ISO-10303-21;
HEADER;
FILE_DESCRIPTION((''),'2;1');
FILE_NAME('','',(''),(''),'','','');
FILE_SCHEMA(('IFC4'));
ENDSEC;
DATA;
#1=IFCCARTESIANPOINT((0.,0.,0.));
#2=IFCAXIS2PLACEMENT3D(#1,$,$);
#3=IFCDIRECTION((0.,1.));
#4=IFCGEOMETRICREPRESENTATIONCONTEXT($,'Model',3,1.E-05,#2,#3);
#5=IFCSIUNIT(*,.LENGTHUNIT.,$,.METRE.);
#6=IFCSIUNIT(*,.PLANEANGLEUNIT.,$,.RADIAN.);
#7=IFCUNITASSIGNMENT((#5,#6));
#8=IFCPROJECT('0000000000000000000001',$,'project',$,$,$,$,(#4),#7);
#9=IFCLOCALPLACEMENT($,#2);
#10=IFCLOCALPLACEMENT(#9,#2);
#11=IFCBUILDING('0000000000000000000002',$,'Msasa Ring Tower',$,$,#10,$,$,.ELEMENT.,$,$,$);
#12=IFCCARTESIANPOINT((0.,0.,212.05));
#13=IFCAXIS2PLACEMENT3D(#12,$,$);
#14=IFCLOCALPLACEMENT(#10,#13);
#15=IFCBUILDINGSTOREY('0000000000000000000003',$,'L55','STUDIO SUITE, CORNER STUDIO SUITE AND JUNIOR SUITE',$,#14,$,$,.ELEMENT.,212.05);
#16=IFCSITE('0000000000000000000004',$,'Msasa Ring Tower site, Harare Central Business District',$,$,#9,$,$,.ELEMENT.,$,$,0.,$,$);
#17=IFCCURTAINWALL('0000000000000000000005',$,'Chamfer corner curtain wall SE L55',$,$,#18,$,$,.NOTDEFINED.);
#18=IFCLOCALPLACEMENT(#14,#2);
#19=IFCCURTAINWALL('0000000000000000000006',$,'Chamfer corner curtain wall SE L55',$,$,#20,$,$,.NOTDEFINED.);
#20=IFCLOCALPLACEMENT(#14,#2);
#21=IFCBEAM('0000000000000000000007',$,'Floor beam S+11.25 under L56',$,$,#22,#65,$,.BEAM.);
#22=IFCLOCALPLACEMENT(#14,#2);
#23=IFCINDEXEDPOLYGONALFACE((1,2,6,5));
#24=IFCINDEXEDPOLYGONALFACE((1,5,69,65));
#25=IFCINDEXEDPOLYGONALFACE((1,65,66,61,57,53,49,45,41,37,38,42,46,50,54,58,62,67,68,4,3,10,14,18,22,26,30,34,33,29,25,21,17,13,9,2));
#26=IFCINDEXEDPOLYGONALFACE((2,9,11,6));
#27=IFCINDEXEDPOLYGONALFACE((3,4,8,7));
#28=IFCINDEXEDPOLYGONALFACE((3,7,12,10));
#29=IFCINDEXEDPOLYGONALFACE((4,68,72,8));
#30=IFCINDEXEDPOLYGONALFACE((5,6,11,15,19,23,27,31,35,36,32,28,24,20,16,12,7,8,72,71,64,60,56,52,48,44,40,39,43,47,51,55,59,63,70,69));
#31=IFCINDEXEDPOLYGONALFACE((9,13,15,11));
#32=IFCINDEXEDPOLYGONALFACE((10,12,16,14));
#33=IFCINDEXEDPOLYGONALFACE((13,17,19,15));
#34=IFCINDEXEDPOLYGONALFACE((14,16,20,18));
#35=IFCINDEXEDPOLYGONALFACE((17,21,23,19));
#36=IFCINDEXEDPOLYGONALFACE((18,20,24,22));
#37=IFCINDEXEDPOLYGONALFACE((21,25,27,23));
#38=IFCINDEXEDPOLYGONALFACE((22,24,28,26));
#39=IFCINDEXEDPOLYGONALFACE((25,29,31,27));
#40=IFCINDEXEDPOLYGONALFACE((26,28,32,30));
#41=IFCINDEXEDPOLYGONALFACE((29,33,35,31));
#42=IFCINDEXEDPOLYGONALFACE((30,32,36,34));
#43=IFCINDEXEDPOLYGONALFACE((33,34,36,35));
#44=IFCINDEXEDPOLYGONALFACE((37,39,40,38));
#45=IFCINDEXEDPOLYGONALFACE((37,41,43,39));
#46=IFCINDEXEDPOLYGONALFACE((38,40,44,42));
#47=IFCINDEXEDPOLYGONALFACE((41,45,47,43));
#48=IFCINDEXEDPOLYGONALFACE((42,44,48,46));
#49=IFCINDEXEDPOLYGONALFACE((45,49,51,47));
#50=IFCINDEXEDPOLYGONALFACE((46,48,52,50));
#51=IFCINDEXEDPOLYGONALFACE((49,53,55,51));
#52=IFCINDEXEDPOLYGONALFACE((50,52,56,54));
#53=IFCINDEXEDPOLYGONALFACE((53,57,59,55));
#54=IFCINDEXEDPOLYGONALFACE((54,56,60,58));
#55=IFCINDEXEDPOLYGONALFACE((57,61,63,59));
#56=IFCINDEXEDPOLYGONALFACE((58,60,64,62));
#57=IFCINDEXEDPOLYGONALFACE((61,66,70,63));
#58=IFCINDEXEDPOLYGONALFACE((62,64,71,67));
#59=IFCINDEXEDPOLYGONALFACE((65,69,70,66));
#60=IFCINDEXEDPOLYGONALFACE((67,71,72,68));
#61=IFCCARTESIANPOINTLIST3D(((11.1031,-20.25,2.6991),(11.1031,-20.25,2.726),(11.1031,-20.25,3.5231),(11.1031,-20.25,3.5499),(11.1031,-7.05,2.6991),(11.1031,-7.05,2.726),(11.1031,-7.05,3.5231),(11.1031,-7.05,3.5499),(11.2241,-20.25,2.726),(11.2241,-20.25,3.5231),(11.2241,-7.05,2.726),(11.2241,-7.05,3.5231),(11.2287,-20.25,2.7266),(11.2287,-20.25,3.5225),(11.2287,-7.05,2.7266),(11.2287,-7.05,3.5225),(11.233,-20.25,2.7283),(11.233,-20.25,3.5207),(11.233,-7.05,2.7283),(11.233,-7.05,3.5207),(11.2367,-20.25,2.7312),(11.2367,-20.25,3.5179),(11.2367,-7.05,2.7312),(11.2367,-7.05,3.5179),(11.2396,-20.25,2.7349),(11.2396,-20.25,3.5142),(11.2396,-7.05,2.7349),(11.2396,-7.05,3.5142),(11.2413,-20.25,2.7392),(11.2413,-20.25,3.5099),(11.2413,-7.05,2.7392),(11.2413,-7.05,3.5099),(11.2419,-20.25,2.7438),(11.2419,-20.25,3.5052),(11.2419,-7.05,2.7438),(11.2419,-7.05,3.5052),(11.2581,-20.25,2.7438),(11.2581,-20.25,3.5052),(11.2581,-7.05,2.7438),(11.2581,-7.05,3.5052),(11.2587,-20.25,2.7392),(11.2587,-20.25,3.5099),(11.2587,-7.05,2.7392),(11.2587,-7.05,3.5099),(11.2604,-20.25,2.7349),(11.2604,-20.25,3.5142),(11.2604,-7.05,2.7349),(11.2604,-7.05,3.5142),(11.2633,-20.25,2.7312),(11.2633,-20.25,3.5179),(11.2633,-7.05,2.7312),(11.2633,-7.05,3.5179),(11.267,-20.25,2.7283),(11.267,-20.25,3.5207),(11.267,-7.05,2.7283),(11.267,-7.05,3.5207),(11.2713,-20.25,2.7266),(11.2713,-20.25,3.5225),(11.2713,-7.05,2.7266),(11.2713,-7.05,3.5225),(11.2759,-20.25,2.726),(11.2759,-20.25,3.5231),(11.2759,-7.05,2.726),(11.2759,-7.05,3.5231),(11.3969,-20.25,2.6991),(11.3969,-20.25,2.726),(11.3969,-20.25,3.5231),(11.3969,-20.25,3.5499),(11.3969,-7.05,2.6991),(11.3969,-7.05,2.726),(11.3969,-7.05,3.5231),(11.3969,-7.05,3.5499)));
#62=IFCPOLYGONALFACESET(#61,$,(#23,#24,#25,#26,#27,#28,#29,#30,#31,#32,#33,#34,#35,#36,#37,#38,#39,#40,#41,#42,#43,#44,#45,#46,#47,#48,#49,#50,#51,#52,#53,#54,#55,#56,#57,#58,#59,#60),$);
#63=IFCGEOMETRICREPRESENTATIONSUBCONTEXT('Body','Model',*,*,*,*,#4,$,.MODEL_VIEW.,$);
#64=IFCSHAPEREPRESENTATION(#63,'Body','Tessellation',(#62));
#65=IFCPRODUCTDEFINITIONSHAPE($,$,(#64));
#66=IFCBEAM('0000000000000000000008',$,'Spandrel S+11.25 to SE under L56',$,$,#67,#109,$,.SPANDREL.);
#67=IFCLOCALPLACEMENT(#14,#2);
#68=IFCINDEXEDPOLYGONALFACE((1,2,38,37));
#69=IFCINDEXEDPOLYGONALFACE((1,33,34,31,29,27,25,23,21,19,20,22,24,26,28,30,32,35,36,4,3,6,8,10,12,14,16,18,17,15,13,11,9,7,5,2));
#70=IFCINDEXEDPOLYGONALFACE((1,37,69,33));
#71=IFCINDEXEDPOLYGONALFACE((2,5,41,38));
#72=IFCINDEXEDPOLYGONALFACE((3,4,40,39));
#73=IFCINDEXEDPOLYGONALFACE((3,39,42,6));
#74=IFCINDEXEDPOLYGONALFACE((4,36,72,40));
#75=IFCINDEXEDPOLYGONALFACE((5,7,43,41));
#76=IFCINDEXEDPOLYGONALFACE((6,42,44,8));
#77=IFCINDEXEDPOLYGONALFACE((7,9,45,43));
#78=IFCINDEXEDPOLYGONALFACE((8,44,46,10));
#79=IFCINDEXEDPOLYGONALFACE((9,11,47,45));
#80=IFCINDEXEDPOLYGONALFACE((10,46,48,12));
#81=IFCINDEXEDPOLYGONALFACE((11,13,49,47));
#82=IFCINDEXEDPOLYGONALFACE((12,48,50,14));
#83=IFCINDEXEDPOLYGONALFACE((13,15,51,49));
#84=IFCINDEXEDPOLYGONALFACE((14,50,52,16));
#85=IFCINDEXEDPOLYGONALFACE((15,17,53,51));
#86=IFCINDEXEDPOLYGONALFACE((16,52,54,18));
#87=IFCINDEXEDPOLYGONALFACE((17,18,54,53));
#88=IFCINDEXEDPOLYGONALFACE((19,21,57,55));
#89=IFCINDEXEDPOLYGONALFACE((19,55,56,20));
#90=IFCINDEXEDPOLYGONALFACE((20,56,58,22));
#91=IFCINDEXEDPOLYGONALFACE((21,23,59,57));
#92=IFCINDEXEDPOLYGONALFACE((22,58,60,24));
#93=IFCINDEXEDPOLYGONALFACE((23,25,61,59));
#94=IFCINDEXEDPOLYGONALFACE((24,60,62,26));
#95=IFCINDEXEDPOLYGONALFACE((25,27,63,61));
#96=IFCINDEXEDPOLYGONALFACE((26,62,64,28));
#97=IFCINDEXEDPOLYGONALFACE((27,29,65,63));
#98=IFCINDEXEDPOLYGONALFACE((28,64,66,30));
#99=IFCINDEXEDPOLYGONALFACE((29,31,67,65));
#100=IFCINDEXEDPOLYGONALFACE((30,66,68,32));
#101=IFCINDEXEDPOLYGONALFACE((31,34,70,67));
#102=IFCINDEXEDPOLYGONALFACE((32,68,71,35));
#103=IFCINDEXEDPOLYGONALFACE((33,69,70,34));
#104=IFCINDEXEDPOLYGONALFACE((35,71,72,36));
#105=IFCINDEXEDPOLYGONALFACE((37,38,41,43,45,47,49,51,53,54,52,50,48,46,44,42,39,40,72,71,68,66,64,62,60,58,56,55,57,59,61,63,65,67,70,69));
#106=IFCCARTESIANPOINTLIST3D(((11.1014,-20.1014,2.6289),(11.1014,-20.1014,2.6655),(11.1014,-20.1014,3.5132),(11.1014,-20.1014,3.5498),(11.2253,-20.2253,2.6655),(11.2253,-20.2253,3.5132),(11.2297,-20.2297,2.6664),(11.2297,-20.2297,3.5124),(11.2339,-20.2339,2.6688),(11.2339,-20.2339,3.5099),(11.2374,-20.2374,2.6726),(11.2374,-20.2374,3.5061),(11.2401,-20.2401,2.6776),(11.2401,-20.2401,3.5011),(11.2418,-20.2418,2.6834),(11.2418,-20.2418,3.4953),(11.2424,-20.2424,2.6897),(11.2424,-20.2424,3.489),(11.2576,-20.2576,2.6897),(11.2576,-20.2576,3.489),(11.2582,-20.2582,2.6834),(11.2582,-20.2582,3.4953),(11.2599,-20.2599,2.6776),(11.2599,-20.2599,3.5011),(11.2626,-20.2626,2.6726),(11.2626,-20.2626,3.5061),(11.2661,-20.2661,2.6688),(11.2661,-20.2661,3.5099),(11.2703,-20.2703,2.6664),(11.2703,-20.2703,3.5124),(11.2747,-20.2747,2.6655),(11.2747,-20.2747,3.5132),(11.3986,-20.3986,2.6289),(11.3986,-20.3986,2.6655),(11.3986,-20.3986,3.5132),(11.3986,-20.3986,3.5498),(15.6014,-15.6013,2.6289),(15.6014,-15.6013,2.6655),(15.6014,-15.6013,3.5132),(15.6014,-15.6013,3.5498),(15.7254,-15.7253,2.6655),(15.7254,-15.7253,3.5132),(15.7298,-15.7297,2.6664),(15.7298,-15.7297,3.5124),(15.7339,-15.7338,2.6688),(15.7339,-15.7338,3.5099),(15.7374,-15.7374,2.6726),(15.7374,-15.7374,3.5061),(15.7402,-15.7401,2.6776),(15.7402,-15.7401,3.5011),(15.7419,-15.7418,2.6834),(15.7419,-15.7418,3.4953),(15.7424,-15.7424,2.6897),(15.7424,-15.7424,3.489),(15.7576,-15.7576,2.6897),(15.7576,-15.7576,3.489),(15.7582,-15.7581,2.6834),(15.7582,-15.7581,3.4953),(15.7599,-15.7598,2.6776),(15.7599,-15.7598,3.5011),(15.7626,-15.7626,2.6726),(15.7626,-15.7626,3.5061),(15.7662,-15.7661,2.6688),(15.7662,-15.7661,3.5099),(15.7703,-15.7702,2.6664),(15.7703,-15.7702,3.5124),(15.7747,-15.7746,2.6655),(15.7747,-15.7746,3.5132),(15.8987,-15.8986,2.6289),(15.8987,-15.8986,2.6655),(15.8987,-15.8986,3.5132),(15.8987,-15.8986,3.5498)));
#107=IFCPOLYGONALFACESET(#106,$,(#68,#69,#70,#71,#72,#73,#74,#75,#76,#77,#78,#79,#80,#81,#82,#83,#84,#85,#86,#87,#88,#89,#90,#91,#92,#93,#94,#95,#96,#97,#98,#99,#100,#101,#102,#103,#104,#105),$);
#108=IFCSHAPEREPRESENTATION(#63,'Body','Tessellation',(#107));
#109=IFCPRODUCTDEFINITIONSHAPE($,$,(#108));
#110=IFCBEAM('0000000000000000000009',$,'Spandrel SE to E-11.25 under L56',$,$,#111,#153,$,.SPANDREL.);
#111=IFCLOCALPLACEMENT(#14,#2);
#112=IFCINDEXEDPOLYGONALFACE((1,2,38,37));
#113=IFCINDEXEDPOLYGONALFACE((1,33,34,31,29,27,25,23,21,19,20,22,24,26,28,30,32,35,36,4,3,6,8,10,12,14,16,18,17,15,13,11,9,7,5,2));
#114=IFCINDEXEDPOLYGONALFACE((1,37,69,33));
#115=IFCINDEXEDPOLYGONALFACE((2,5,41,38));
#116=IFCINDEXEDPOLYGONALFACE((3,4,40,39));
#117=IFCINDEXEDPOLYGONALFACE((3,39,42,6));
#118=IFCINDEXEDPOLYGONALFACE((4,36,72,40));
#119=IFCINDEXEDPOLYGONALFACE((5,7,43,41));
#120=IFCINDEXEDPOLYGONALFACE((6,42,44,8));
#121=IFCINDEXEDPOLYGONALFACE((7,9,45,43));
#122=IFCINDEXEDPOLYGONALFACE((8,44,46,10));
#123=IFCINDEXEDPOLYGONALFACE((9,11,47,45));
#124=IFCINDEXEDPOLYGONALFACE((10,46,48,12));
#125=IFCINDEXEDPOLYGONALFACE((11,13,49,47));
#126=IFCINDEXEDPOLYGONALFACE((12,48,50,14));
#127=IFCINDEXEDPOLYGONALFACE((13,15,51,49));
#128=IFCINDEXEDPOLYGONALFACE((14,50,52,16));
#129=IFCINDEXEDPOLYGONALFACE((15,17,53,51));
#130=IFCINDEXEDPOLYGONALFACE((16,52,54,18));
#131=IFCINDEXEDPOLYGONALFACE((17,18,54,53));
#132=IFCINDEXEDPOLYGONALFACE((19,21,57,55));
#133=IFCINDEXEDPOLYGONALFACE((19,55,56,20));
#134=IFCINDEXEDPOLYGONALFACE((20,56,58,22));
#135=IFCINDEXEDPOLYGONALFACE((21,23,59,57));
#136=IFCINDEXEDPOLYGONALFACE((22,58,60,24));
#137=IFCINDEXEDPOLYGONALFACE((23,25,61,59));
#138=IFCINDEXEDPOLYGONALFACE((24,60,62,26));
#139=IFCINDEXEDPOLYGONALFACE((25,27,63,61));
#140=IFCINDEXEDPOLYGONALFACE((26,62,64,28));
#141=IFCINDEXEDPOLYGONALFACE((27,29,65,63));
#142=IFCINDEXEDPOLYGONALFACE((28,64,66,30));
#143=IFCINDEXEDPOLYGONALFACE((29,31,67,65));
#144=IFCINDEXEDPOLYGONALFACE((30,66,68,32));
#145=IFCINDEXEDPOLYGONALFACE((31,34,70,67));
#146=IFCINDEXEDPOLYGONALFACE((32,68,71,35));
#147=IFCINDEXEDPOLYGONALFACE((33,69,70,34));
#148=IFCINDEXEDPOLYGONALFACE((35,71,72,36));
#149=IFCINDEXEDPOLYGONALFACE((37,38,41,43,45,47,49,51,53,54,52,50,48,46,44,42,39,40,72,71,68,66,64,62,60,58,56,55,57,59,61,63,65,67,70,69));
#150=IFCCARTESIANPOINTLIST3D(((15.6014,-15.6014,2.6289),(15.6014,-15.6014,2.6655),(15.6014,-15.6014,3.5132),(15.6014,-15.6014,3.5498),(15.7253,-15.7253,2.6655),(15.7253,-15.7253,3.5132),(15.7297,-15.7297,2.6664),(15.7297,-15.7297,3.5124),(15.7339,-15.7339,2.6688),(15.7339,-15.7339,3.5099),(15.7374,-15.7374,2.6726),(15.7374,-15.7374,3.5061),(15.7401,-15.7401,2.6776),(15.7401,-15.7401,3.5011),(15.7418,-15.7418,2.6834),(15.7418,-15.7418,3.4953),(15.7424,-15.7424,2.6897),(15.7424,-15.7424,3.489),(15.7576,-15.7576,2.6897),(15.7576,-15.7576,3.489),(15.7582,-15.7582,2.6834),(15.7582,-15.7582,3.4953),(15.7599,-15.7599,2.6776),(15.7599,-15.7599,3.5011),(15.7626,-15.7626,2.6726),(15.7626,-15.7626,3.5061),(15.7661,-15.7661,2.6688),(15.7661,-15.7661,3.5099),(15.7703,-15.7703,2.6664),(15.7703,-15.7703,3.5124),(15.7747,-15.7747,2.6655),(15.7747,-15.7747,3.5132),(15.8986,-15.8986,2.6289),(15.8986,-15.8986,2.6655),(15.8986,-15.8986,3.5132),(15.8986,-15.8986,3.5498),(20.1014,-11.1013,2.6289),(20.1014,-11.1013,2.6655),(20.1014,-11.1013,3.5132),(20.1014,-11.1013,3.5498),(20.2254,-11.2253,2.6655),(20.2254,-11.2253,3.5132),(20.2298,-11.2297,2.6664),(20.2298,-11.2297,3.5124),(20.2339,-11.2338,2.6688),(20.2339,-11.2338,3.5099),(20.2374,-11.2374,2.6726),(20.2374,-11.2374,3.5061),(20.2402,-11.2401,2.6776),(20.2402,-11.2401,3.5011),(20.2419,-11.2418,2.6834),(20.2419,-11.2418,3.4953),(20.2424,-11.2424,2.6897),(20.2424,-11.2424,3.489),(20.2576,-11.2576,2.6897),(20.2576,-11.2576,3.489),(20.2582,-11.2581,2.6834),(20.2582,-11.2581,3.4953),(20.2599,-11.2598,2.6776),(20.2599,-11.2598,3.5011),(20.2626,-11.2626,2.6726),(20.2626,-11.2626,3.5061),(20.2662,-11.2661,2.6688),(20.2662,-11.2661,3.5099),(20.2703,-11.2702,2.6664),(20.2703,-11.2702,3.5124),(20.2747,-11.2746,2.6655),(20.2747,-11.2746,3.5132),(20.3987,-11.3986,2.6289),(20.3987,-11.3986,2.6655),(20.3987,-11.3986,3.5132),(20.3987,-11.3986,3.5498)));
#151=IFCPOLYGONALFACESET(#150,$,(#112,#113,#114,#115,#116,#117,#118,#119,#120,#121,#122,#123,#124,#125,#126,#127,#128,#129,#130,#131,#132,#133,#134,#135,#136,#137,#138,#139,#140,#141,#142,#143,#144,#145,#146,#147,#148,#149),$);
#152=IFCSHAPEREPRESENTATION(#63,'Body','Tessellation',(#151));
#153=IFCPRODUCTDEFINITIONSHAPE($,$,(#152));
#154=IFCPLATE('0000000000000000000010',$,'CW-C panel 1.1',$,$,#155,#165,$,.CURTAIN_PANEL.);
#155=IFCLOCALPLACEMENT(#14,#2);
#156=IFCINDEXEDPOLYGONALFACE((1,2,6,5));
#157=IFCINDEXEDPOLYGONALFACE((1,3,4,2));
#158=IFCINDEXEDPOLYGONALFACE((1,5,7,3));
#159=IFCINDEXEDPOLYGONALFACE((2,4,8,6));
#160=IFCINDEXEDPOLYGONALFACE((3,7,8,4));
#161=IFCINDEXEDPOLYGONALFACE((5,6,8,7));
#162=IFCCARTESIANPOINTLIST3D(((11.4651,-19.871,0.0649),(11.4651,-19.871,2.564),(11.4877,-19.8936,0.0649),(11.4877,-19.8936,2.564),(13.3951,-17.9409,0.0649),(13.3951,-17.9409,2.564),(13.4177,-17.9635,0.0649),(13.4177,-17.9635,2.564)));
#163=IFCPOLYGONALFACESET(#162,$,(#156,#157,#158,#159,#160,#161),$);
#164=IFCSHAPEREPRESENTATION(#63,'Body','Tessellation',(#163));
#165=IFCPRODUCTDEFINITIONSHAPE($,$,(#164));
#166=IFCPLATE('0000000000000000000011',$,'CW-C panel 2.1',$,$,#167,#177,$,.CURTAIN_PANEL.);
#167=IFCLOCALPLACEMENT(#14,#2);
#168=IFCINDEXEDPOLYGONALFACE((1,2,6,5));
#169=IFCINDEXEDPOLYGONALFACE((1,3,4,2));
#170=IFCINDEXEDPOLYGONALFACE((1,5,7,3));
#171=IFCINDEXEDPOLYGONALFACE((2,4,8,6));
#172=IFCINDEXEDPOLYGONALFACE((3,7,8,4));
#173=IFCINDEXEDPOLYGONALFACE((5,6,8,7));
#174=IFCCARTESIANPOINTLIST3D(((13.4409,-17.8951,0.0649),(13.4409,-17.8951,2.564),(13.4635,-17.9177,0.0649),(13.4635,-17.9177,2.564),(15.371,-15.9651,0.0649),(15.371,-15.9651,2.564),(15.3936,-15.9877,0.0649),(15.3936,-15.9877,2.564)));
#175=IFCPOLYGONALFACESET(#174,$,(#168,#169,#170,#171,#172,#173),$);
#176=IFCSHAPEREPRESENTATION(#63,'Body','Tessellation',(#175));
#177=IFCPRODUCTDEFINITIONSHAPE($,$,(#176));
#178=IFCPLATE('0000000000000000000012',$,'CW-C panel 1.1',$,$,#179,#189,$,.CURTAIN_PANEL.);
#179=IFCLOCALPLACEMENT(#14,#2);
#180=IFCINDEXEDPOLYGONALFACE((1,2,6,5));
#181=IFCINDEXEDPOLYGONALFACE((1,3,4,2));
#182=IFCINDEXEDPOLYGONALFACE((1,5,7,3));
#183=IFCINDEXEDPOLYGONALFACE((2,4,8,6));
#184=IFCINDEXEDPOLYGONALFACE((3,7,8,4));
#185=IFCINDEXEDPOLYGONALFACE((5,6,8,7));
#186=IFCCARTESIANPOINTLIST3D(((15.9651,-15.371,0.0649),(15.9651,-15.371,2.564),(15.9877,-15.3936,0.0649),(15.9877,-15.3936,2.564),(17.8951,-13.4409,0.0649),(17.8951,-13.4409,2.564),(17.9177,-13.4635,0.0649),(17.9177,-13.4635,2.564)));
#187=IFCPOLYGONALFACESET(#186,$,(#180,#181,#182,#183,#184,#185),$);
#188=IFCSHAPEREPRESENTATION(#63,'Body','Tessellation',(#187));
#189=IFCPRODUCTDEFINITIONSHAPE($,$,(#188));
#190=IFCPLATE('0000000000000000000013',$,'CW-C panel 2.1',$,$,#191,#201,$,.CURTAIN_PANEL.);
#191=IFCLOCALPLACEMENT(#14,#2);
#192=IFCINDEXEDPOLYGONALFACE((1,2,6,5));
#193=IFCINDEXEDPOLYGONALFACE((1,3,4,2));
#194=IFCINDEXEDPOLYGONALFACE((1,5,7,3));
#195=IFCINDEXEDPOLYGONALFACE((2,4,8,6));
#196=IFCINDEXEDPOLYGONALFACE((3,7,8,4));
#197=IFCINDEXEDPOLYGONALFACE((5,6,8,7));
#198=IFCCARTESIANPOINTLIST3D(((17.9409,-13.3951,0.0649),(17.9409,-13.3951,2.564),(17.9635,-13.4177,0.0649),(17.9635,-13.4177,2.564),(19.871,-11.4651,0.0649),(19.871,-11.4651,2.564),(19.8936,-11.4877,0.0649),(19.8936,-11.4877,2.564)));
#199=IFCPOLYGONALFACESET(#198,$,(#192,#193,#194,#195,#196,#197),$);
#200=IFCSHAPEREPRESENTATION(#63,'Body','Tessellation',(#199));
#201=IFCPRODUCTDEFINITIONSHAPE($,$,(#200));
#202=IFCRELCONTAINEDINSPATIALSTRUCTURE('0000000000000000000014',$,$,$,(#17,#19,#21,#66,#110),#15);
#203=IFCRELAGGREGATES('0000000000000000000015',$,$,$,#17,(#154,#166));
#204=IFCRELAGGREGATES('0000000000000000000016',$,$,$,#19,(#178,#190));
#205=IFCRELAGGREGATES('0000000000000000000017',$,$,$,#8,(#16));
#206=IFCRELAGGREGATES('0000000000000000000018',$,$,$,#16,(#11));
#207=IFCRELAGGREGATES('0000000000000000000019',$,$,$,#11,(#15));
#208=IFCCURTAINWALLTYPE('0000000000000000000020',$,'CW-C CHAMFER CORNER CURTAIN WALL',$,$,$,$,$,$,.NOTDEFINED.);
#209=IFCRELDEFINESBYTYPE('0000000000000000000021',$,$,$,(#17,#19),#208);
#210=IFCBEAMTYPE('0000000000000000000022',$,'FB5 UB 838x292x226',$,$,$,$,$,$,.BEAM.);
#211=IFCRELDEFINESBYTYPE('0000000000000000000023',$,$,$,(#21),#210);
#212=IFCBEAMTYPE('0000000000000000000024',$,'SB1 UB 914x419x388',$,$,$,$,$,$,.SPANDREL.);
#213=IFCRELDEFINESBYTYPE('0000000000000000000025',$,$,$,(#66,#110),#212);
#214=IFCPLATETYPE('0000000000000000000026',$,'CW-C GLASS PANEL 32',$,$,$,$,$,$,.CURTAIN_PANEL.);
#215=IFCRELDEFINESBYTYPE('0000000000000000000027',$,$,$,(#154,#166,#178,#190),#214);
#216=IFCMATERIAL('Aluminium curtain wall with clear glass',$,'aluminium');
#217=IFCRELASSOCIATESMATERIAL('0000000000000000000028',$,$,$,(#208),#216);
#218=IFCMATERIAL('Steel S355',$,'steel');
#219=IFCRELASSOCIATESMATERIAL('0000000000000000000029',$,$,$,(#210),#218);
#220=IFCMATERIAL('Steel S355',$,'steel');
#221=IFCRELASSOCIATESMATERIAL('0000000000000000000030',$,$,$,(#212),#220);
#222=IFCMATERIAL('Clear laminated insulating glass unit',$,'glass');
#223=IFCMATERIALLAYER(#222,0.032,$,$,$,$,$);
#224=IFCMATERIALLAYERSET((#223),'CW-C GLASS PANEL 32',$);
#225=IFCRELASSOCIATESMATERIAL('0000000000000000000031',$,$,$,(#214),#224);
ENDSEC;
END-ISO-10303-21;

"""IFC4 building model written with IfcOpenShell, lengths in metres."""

from ifc_helpers import new_model, si_unit, direction, frame, origin, origin_2d, place, context, subcontext, project, spatial, rectangle, i_section, extrude, material, layer, layer_set, material_profile, profile_set, type_object, element, aggregate, save


model = new_model("IFC4")

# Units and contexts
model_context = context("Model", 3, precision=1e-05, world=origin(), true_north=direction((0.0, 1.0)))
body_context = subcontext(model_context, "Body", "Model", "MODEL_VIEW")
ifc_project = project(units=[si_unit("LENGTHUNIT", "METRE"), si_unit("PLANEANGLEUNIT", "RADIAN")], contexts=[model_context])

# Site, building, storey
site_placement = place(None, origin())
site = spatial("IfcSite", under=ifc_project, at=site_placement, Name="Msasa Ring Tower site, Harare Central Business District", CompositionType="ELEMENT", RefElevation=0.0)
building_placement = place(site_placement, origin())
building = spatial("IfcBuilding", under=site, at=building_placement, Name="Msasa Ring Tower", CompositionType="ELEMENT")
storey_placement = place(building_placement, frame((0.0, 0.0, 212.05)))
storey = spatial("IfcBuildingStorey", under=building, at=storey_placement, Name="L55", Description="STUDIO SUITE, CORNER STUDIO SUITE AND JUNIOR SUITE", CompositionType="ELEMENT", Elevation=212.05)

# Curtain walls
ifc_material_1 = material(Name="Aluminium curtain wall with clear glass", Category="aluminium")
curtain_wall_type = type_object("IfcCurtainWallType", Name="CW-C CHAMFER CORNER CURTAIN WALL", PredefinedType="NOTDEFINED", material=ifc_material_1)
curtain_wall_1_placement = place(storey_placement, origin())
curtain_wall_1 = element("IfcCurtainWall", 1, at=curtain_wall_1_placement, inside=storey, type_object=curtain_wall_type, Name="Chamfer corner curtain wall SE L55", PredefinedType="NOTDEFINED")
curtain_wall_2_placement = place(storey_placement, origin())
curtain_wall_2 = element("IfcCurtainWall", 2, at=curtain_wall_2_placement, inside=storey, type_object=curtain_wall_type, Name="Chamfer corner curtain wall SE L55", PredefinedType="NOTDEFINED")

# Beams
ifc_material_2 = material(Name="Steel S355", Category="steel")
ifc_material_profile_1 = material_profile(ifc_material_2, i_section(OverallWidth=0.2937, OverallDepth=0.8508, WebThickness=0.0161, FlangeThickness=0.0269, FilletRadius=0.0178, at=origin_2d()), Name="UB 838x292x226")
ifc_profile_set_1 = profile_set([ifc_material_profile_1], Name="Steel S355")
beam_type_1 = type_object("IfcBeamType", Name="FB5 UB 838x292x226", PredefinedType="BEAM", material=ifc_profile_set_1)
beam_placement = place(storey_placement, frame((11.25, -20.25, 3.1245), z_axis=(0.0, 1.0, 0.0), x_axis=(-1.0, 0.0, 0.0)))
element("IfcBeam", 3, at=beam_placement, inside=storey, type_object=beam_type_1, Name="Floor beam S+11.25 under L56", PredefinedType="BEAM", context=body_context, shape_type="SweptSolid", body=[
    extrude(i_section(OverallWidth=0.2937, OverallDepth=0.8508, WebThickness=0.0161, FlangeThickness=0.0269, FilletRadius=0.0178, at=origin_2d()), origin(), (0.0, 0.0, 1.0), 13.2),
])
ifc_material_3 = material(Name="Steel S355", Category="steel")
ifc_material_profile_2 = material_profile(ifc_material_3, i_section(OverallWidth=0.4204, OverallDepth=0.9209, WebThickness=0.0215, FlangeThickness=0.0366, FilletRadius=0.0242, at=origin_2d()), Name="UB 914x419x388")
ifc_profile_set_2 = profile_set([ifc_material_profile_2], Name="Steel S355")
beam_type_2 = type_object("IfcBeamType", Name="SB1 UB 914x419x388", PredefinedType="SPANDREL", material=ifc_profile_set_2)
for number, where, z_axis, x_axis, name in (
    (4, (11.25, -20.25, 3.0894), (0.707107, 0.707107, 0.0), (-0.707107, 0.707107, 0.0), "Spandrel S+11.25 to SE under L56"),
    (5, (15.75, -15.75, 3.0894), (0.707107, 0.707107, 0.0), (-0.707107, 0.707107, 0.0), "Spandrel SE to E-11.25 under L56"),
):
    element("IfcBeam", number, at=place(storey_placement, frame(where, z_axis=z_axis, x_axis=x_axis)), inside=storey, type_object=beam_type_2, Name=name, PredefinedType="SPANDREL", context=body_context, shape_type="SweptSolid", body=[
        extrude(i_section(OverallWidth=0.4204, OverallDepth=0.9209, WebThickness=0.0215, FlangeThickness=0.0366, FilletRadius=0.0242, at=origin_2d()), origin(), (0.0, 0.0, 1.0), 6.364),
    ])

# Plates
ifc_material_4 = material(Name="Clear laminated insulating glass unit", Category="glass")
ifc_layer_1 = layer(ifc_material_4, 0.032)
ifc_layer_set_1 = layer_set([ifc_layer_1], Name="CW-C GLASS PANEL 32")
plate_type = type_object("IfcPlateType", Name="CW-C GLASS PANEL 32", PredefinedType="CURTAIN_PANEL", material=ifc_layer_set_1)
plate_1_placement = place(storey_placement, frame((12.4414, -18.9172, 0.0649), z_axis=(0.0, 0.0, 1.0), x_axis=(0.707107, 0.707107, 0.0)))
plate_1 = element("IfcPlate", 6, at=plate_1_placement, type_object=plate_type, Name="CW-C panel 1.1", PredefinedType="CURTAIN_PANEL", context=body_context, shape_type="SweptSolid", body=[
    extrude(rectangle(XDim=2.7295, YDim=0.032, at=origin_2d()), origin(), (0.0, 0.0, 1.0), 2.499),
])
plate_2_placement = place(storey_placement, frame((14.4172, -16.9414, 0.0649), z_axis=(0.0, 0.0, 1.0), x_axis=(0.707107, 0.707107, 0.0)))
plate_2 = element("IfcPlate", 7, at=plate_2_placement, type_object=plate_type, Name="CW-C panel 2.1", PredefinedType="CURTAIN_PANEL", context=body_context, shape_type="SweptSolid", body=[
    extrude(rectangle(XDim=2.7295, YDim=0.032, at=origin_2d()), origin(), (0.0, 0.0, 1.0), 2.499),
])
aggregate(curtain_wall_1, [plate_1, plate_2])
plate_3_placement = place(storey_placement, frame((16.9414, -14.4172, 0.0649), z_axis=(0.0, 0.0, 1.0), x_axis=(0.707107, 0.707107, 0.0)))
plate_3 = element("IfcPlate", 8, at=plate_3_placement, type_object=plate_type, Name="CW-C panel 1.1", PredefinedType="CURTAIN_PANEL", context=body_context, shape_type="SweptSolid", body=[
    extrude(rectangle(XDim=2.7295, YDim=0.032, at=origin_2d()), origin(), (0.0, 0.0, 1.0), 2.499),
])
plate_4_placement = place(storey_placement, frame((18.9172, -12.4414, 0.0649), z_axis=(0.0, 0.0, 1.0), x_axis=(0.707107, 0.707107, 0.0)))
plate_4 = element("IfcPlate", 9, at=plate_4_placement, type_object=plate_type, Name="CW-C panel 2.1", PredefinedType="CURTAIN_PANEL", context=body_context, shape_type="SweptSolid", body=[
    extrude(rectangle(XDim=2.7295, YDim=0.032, at=origin_2d()), origin(), (0.0, 0.0, 1.0), 2.499),
])
aggregate(curtain_wall_2, [plate_3, plate_4])

save(model, "model.ifc")
